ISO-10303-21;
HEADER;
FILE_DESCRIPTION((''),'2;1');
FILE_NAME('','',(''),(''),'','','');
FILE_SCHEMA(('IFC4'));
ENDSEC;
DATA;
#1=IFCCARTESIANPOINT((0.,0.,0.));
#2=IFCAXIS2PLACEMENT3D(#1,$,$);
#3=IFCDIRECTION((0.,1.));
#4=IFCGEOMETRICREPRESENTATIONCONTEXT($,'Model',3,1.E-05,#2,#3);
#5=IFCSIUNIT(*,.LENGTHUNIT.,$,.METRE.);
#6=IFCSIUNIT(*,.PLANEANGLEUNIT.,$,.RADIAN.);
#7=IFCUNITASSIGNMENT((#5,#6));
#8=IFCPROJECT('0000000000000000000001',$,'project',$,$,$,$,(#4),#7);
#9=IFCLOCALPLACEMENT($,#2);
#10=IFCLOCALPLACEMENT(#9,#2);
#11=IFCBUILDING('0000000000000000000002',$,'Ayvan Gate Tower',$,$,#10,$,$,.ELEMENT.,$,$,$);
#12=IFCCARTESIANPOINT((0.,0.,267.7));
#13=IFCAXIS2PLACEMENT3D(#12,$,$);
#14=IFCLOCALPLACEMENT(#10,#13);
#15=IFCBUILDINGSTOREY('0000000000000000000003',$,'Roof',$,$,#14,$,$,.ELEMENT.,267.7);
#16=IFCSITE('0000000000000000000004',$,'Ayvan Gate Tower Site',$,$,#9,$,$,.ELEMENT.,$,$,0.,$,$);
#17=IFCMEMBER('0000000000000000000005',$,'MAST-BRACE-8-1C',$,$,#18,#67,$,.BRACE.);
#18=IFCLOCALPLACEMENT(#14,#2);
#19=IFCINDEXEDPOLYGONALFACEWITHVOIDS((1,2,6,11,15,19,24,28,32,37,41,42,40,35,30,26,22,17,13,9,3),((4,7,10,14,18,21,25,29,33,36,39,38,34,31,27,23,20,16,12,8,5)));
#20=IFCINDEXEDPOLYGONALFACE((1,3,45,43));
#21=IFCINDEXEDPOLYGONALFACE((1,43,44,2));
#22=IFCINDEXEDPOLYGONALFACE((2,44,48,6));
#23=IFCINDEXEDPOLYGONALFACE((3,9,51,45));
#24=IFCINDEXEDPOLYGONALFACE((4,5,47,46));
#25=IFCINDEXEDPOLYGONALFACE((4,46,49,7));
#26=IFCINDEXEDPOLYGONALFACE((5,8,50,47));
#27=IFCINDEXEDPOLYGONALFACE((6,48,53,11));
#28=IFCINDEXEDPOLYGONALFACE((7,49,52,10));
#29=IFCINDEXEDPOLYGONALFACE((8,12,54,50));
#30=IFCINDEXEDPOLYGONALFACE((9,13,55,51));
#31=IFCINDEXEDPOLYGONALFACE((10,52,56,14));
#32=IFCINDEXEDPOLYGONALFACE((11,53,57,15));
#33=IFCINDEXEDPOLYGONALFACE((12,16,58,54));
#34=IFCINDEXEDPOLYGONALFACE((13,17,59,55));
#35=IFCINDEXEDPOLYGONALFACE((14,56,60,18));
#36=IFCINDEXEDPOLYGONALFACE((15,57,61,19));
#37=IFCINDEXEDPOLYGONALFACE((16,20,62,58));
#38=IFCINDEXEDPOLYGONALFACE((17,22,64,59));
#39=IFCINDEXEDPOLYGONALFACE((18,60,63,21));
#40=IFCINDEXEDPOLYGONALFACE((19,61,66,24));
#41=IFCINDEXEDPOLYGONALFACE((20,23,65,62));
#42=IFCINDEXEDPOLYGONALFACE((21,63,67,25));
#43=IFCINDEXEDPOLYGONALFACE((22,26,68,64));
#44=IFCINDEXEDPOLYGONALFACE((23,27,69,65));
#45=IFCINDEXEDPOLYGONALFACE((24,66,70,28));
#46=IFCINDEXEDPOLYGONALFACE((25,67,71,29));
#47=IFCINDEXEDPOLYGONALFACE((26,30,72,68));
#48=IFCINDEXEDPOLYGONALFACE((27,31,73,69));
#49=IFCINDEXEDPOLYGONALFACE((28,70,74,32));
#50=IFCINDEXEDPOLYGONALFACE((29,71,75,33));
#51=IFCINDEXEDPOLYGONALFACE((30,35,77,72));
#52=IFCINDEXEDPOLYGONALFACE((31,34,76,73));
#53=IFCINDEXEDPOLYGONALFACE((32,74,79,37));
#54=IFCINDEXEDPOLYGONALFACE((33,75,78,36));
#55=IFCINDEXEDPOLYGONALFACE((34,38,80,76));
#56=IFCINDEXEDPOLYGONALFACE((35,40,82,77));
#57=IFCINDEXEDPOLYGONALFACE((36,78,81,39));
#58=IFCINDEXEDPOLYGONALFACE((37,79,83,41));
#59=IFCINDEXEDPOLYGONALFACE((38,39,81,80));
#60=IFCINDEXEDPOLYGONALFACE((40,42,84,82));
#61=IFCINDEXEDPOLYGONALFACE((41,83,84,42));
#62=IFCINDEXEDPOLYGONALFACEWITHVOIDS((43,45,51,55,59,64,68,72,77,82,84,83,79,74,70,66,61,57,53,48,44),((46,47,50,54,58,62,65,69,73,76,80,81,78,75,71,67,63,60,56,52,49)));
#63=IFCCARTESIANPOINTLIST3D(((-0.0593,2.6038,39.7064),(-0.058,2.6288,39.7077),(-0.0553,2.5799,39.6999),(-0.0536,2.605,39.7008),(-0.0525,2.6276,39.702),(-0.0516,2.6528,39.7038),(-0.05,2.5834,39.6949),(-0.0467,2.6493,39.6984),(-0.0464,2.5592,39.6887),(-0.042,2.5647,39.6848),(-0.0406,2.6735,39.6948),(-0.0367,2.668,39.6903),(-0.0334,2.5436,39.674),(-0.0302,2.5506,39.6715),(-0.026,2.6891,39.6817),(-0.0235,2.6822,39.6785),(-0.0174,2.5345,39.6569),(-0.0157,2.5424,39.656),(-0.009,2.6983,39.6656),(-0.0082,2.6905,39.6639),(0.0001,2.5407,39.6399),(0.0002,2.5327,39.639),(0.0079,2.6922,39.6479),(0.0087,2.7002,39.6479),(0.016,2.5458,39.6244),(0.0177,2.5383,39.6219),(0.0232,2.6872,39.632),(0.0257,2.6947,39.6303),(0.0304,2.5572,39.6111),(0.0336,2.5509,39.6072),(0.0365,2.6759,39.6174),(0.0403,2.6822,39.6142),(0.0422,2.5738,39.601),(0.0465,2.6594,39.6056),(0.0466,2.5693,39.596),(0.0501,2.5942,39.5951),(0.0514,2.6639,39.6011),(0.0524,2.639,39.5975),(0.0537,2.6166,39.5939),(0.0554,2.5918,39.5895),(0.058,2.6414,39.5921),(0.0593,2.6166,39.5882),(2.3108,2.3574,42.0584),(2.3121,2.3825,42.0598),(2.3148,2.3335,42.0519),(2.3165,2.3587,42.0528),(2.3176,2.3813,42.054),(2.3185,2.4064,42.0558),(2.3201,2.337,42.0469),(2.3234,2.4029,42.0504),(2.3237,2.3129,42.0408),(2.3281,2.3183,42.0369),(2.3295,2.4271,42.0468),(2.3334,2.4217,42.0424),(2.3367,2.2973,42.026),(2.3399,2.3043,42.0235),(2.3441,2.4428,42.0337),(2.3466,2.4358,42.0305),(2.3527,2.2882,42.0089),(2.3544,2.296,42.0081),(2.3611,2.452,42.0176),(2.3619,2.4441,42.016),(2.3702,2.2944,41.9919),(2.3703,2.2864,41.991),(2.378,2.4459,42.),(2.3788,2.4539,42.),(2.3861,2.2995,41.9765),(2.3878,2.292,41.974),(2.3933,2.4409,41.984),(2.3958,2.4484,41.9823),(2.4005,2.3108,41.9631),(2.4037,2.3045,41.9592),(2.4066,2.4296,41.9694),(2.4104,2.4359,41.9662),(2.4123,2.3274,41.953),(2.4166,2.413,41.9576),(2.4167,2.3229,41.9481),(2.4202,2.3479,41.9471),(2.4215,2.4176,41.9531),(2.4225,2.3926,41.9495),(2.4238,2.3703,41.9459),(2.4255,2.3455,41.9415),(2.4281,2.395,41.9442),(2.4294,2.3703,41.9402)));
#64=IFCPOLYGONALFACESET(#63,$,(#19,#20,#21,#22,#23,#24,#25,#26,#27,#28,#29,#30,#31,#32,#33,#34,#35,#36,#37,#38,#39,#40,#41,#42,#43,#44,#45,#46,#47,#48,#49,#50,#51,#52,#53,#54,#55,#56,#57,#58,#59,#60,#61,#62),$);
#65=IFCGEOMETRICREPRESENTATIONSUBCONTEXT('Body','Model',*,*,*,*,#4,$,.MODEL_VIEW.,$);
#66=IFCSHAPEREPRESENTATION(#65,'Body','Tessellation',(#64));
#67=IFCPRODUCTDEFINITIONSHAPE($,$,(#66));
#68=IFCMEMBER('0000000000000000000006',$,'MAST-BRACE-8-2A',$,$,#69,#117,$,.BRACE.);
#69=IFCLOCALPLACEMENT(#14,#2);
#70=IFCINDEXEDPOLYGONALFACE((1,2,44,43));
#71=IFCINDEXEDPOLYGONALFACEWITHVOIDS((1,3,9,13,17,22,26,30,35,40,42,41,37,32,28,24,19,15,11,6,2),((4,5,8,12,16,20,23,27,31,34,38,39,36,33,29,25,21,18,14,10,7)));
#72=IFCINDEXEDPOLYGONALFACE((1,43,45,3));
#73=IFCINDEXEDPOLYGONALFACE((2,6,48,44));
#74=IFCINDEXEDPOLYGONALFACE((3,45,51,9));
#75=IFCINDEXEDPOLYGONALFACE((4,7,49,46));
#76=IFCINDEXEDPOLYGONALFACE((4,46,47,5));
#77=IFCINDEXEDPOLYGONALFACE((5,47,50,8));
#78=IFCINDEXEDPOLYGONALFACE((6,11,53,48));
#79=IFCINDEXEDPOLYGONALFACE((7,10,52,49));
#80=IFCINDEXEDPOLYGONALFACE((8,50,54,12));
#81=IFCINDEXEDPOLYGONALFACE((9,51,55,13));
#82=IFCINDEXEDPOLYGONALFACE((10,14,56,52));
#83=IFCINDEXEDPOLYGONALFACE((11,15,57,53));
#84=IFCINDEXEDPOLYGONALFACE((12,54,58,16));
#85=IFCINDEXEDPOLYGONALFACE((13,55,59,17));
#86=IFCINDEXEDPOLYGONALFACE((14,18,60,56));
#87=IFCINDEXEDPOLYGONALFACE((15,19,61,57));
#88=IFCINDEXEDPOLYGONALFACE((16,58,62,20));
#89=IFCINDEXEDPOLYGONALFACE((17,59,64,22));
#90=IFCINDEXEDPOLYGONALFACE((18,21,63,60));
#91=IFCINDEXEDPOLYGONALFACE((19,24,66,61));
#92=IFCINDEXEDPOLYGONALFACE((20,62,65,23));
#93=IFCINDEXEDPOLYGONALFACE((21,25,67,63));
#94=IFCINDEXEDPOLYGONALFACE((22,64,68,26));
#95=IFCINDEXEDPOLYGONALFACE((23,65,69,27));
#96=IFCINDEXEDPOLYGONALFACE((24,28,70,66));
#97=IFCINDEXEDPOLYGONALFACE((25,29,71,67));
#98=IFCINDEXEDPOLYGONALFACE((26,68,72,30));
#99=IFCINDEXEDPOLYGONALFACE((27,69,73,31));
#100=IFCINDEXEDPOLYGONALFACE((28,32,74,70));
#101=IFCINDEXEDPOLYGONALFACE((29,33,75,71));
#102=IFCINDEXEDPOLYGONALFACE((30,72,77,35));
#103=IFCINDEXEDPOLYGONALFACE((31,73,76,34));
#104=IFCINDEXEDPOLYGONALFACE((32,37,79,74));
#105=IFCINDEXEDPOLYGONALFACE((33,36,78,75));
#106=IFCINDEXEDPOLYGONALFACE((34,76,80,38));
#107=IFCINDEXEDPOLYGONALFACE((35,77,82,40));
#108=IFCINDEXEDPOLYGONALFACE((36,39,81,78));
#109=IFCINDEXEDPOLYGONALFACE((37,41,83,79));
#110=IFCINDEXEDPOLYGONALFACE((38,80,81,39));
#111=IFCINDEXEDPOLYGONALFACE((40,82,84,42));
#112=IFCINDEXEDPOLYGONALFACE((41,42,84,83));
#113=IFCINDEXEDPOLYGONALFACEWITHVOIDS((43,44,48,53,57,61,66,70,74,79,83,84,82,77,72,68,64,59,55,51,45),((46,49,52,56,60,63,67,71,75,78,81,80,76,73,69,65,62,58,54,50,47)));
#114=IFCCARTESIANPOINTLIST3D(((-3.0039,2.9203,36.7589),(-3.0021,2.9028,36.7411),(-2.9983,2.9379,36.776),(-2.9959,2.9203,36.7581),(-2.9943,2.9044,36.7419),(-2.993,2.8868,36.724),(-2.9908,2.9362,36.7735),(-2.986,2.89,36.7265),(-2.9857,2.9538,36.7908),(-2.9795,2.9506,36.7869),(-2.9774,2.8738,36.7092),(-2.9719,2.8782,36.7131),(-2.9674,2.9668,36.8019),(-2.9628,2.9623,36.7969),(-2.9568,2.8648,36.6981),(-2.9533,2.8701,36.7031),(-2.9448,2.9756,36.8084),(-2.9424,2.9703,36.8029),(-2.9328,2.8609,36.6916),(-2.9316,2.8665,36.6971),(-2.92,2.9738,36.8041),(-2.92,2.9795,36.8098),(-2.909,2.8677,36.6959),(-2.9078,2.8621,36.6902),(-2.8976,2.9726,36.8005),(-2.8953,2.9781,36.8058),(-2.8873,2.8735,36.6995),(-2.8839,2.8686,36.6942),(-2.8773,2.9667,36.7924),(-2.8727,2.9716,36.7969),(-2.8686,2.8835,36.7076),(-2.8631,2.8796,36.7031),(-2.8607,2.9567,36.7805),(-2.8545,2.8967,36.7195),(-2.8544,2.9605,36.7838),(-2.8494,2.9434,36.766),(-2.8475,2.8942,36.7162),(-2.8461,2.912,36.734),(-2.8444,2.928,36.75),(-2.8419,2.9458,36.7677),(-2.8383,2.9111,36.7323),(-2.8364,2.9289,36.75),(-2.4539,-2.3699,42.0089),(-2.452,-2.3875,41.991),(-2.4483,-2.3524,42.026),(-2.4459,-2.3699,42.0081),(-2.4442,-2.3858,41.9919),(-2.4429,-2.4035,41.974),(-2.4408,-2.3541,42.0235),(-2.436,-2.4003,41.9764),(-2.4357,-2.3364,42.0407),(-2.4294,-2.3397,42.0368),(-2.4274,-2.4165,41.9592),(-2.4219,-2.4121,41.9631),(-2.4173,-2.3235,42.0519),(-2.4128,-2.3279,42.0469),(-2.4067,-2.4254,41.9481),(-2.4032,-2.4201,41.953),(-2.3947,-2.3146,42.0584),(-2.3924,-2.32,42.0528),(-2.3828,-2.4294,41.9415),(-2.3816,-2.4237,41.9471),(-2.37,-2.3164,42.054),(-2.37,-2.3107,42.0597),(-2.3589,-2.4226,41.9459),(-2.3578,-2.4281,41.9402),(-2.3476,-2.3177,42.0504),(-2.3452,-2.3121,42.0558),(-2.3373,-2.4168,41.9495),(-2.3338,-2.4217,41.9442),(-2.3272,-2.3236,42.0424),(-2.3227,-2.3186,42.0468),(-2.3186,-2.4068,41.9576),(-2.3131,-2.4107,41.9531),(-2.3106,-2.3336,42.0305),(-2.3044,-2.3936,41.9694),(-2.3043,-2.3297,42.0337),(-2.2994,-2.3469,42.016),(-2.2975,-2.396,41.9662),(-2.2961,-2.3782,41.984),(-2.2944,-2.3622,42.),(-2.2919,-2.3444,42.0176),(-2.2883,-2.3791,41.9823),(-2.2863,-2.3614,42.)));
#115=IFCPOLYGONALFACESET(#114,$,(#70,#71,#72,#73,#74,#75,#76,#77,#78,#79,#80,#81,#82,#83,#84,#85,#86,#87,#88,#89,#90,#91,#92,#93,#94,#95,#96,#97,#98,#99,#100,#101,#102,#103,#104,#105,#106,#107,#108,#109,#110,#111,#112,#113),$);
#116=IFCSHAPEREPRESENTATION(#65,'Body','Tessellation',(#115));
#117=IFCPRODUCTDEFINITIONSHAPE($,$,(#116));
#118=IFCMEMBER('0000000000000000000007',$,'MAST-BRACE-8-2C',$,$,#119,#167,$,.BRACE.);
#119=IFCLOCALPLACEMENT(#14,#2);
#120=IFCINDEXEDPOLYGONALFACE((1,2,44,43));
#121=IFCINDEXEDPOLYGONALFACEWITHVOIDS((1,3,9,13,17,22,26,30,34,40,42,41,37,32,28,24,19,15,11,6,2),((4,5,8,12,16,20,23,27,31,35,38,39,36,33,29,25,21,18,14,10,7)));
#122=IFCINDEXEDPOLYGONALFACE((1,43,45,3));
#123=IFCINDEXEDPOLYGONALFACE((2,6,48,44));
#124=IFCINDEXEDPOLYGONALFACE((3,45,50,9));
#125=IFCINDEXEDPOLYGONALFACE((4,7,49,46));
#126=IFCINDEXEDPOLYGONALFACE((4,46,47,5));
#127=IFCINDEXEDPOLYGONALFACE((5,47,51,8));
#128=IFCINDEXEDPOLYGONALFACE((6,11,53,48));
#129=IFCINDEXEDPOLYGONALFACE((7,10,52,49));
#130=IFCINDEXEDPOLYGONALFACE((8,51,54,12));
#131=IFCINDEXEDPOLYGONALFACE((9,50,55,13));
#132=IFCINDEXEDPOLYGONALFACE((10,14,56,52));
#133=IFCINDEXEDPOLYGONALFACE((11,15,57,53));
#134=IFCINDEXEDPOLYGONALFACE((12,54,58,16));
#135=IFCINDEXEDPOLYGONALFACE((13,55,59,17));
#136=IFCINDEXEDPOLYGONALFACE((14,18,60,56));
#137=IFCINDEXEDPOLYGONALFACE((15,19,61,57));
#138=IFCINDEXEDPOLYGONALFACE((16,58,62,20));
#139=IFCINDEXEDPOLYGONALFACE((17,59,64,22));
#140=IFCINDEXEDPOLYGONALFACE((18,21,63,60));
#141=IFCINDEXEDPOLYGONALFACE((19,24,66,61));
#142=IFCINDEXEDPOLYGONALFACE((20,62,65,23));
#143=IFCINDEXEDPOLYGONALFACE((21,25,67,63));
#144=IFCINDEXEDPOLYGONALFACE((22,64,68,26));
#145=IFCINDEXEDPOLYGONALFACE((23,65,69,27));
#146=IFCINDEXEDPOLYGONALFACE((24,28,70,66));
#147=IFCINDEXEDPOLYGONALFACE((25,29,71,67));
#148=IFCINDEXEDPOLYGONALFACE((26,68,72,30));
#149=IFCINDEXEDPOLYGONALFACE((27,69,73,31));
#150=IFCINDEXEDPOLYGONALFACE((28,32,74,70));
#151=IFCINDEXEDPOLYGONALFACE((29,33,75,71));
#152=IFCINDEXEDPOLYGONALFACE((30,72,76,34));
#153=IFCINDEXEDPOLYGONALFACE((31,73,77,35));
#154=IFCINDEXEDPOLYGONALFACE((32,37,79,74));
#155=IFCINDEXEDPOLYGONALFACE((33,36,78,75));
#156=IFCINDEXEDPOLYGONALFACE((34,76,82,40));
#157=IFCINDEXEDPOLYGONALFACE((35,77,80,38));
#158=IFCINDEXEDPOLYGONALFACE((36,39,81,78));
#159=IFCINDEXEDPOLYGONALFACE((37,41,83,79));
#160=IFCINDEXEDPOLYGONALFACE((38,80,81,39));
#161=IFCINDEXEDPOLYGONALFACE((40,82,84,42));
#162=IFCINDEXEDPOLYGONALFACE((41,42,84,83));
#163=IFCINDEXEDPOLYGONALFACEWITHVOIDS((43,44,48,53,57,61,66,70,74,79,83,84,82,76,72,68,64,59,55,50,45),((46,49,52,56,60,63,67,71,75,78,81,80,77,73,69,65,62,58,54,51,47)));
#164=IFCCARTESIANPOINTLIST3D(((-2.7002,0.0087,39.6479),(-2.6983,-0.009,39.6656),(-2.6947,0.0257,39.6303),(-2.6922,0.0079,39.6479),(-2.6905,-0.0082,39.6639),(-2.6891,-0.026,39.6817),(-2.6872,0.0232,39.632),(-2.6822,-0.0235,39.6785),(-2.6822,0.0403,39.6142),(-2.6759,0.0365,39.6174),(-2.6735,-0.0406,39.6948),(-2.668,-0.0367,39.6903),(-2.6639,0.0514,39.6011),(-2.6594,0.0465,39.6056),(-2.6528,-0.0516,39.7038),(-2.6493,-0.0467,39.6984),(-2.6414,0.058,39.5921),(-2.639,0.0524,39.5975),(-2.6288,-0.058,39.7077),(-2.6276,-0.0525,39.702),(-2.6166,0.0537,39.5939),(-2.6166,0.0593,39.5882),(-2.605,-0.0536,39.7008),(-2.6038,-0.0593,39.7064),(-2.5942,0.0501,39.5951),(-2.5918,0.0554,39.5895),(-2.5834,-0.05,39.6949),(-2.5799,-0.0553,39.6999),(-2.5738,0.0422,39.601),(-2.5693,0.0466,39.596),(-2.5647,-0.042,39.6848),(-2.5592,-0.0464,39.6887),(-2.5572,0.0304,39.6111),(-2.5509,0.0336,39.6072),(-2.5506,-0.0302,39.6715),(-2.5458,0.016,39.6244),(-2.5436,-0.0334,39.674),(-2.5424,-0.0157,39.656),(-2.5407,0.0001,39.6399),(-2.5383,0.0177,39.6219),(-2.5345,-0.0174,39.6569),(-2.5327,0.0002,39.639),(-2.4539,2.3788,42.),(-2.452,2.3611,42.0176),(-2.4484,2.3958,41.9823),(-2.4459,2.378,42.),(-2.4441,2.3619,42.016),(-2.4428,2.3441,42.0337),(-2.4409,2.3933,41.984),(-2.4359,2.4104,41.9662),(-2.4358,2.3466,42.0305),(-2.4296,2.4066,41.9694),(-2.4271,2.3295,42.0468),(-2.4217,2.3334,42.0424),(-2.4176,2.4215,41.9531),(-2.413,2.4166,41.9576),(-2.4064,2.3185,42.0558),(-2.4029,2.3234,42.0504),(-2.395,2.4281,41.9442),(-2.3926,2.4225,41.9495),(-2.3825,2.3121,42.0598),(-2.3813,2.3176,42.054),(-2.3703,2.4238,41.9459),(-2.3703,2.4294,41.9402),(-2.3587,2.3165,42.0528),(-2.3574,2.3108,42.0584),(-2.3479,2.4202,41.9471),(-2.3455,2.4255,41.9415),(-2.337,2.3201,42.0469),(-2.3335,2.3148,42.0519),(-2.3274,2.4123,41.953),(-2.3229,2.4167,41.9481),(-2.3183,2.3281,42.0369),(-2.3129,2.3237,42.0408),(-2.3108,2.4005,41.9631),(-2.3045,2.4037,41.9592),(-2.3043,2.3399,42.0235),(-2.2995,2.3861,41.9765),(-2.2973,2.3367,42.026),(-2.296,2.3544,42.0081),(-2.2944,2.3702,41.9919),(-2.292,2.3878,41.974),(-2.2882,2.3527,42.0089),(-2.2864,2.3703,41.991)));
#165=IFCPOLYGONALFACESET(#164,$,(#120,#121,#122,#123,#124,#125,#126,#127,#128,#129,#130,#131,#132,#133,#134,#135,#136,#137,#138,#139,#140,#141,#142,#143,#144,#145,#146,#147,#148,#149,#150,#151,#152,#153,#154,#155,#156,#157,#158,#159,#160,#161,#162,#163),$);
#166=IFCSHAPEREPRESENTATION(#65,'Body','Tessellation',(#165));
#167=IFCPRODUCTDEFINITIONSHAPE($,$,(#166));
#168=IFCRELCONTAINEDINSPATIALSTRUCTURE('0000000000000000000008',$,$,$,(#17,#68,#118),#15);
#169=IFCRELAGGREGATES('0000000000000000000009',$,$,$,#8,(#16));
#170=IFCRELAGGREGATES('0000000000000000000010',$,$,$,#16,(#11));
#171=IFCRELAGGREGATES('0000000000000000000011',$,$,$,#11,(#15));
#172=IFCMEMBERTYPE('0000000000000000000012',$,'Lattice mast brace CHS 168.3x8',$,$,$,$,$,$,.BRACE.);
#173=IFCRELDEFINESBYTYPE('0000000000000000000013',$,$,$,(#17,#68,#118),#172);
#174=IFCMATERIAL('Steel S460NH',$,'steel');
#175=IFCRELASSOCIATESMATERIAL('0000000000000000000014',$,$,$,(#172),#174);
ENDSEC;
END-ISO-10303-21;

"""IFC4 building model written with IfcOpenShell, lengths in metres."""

from ifc_helpers import new_model, si_unit, direction, frame, origin, origin_2d, place, context, subcontext, project, spatial, hollow_circle, extrude, material, material_profile, profile_set, type_object, element, save


model = new_model("IFC4")

# Units and contexts
model_context = context("Model", 3, precision=1e-05, world=origin(), true_north=direction((0.0, 1.0)))
body_context = subcontext(model_context, "Body", "Model", "MODEL_VIEW")
ifc_project = project(units=[si_unit("LENGTHUNIT", "METRE"), si_unit("PLANEANGLEUNIT", "RADIAN")], contexts=[model_context])

# Site, building, storey
site_placement = place(None, origin())
site = spatial("IfcSite", under=ifc_project, at=site_placement, Name="Ayvan Gate Tower Site", CompositionType="ELEMENT", RefElevation=0.0)
building_placement = place(site_placement, origin())
building = spatial("IfcBuilding", under=site, at=building_placement, Name="Ayvan Gate Tower", CompositionType="ELEMENT")
storey_placement = place(building_placement, frame((0.0, 0.0, 267.7)))
storey = spatial("IfcBuildingStorey", under=building, at=storey_placement, Name="Roof", CompositionType="ELEMENT", Elevation=267.7)

# Members
ifc_material_1 = material(Name="Steel S460NH", Category="steel")
ifc_material_profile_1 = material_profile(ifc_material_1, hollow_circle(Radius=0.0842, WallThickness=0.0081, at=origin_2d()), Name="CHS 168.3x8")
ifc_profile_set_1 = profile_set([ifc_material_profile_1], Name="Steel S460NH")
member_type_1 = type_object("IfcMemberType", Name="Lattice mast brace CHS 168.3x8", PredefinedType="BRACE", material=ifc_profile_set_1)
member_1_placement = place(storey_placement, frame((0.0, 2.6165, 39.6479), z_axis=(0.707883, -0.073574, 0.702487), x_axis=(0.103378, 0.994642, 0.0)))
element("IfcMember", 1, at=member_1_placement, inside=storey, type_object=member_type_1, Name="MAST-BRACE-8-1C", PredefinedType="BRACE", context=body_context, shape_type="SweptSolid", body=[
    extrude(hollow_circle(Radius=0.0842, WallThickness=0.0081, at=origin_2d()), origin(), (0.0, 0.0, 1.0), 3.3481),
])
member_2_placement = place(storey_placement, frame((-2.9202, 2.9202, 36.75), z_axis=(0.073601, -0.707879, 0.702489), x_axis=(0.994638, 0.103416, 0.0)))
element("IfcMember", 2, at=member_2_placement, inside=storey, type_object=member_type_1, Name="MAST-BRACE-8-2A", PredefinedType="BRACE", context=body_context, shape_type="SweptSolid", body=[
    extrude(hollow_circle(Radius=0.0842, WallThickness=0.0081, at=origin_2d()), origin(), (0.0, 0.0, 1.0), 7.4734),
])
member_3_placement = place(storey_placement, frame((-2.6165, 0.0, 39.6479), z_axis=(0.073574, 0.707883, 0.702487), x_axis=(-0.994642, 0.103378, 0.0)))
element("IfcMember", 3, at=member_3_placement, inside=storey, type_object=member_type_1, Name="MAST-BRACE-8-2C", PredefinedType="BRACE", context=body_context, shape_type="SweptSolid", body=[
    extrude(hollow_circle(Radius=0.0842, WallThickness=0.0081, at=origin_2d()), origin(), (0.0, 0.0, 1.0), 3.3481),
])

save(model, "model.ifc")
